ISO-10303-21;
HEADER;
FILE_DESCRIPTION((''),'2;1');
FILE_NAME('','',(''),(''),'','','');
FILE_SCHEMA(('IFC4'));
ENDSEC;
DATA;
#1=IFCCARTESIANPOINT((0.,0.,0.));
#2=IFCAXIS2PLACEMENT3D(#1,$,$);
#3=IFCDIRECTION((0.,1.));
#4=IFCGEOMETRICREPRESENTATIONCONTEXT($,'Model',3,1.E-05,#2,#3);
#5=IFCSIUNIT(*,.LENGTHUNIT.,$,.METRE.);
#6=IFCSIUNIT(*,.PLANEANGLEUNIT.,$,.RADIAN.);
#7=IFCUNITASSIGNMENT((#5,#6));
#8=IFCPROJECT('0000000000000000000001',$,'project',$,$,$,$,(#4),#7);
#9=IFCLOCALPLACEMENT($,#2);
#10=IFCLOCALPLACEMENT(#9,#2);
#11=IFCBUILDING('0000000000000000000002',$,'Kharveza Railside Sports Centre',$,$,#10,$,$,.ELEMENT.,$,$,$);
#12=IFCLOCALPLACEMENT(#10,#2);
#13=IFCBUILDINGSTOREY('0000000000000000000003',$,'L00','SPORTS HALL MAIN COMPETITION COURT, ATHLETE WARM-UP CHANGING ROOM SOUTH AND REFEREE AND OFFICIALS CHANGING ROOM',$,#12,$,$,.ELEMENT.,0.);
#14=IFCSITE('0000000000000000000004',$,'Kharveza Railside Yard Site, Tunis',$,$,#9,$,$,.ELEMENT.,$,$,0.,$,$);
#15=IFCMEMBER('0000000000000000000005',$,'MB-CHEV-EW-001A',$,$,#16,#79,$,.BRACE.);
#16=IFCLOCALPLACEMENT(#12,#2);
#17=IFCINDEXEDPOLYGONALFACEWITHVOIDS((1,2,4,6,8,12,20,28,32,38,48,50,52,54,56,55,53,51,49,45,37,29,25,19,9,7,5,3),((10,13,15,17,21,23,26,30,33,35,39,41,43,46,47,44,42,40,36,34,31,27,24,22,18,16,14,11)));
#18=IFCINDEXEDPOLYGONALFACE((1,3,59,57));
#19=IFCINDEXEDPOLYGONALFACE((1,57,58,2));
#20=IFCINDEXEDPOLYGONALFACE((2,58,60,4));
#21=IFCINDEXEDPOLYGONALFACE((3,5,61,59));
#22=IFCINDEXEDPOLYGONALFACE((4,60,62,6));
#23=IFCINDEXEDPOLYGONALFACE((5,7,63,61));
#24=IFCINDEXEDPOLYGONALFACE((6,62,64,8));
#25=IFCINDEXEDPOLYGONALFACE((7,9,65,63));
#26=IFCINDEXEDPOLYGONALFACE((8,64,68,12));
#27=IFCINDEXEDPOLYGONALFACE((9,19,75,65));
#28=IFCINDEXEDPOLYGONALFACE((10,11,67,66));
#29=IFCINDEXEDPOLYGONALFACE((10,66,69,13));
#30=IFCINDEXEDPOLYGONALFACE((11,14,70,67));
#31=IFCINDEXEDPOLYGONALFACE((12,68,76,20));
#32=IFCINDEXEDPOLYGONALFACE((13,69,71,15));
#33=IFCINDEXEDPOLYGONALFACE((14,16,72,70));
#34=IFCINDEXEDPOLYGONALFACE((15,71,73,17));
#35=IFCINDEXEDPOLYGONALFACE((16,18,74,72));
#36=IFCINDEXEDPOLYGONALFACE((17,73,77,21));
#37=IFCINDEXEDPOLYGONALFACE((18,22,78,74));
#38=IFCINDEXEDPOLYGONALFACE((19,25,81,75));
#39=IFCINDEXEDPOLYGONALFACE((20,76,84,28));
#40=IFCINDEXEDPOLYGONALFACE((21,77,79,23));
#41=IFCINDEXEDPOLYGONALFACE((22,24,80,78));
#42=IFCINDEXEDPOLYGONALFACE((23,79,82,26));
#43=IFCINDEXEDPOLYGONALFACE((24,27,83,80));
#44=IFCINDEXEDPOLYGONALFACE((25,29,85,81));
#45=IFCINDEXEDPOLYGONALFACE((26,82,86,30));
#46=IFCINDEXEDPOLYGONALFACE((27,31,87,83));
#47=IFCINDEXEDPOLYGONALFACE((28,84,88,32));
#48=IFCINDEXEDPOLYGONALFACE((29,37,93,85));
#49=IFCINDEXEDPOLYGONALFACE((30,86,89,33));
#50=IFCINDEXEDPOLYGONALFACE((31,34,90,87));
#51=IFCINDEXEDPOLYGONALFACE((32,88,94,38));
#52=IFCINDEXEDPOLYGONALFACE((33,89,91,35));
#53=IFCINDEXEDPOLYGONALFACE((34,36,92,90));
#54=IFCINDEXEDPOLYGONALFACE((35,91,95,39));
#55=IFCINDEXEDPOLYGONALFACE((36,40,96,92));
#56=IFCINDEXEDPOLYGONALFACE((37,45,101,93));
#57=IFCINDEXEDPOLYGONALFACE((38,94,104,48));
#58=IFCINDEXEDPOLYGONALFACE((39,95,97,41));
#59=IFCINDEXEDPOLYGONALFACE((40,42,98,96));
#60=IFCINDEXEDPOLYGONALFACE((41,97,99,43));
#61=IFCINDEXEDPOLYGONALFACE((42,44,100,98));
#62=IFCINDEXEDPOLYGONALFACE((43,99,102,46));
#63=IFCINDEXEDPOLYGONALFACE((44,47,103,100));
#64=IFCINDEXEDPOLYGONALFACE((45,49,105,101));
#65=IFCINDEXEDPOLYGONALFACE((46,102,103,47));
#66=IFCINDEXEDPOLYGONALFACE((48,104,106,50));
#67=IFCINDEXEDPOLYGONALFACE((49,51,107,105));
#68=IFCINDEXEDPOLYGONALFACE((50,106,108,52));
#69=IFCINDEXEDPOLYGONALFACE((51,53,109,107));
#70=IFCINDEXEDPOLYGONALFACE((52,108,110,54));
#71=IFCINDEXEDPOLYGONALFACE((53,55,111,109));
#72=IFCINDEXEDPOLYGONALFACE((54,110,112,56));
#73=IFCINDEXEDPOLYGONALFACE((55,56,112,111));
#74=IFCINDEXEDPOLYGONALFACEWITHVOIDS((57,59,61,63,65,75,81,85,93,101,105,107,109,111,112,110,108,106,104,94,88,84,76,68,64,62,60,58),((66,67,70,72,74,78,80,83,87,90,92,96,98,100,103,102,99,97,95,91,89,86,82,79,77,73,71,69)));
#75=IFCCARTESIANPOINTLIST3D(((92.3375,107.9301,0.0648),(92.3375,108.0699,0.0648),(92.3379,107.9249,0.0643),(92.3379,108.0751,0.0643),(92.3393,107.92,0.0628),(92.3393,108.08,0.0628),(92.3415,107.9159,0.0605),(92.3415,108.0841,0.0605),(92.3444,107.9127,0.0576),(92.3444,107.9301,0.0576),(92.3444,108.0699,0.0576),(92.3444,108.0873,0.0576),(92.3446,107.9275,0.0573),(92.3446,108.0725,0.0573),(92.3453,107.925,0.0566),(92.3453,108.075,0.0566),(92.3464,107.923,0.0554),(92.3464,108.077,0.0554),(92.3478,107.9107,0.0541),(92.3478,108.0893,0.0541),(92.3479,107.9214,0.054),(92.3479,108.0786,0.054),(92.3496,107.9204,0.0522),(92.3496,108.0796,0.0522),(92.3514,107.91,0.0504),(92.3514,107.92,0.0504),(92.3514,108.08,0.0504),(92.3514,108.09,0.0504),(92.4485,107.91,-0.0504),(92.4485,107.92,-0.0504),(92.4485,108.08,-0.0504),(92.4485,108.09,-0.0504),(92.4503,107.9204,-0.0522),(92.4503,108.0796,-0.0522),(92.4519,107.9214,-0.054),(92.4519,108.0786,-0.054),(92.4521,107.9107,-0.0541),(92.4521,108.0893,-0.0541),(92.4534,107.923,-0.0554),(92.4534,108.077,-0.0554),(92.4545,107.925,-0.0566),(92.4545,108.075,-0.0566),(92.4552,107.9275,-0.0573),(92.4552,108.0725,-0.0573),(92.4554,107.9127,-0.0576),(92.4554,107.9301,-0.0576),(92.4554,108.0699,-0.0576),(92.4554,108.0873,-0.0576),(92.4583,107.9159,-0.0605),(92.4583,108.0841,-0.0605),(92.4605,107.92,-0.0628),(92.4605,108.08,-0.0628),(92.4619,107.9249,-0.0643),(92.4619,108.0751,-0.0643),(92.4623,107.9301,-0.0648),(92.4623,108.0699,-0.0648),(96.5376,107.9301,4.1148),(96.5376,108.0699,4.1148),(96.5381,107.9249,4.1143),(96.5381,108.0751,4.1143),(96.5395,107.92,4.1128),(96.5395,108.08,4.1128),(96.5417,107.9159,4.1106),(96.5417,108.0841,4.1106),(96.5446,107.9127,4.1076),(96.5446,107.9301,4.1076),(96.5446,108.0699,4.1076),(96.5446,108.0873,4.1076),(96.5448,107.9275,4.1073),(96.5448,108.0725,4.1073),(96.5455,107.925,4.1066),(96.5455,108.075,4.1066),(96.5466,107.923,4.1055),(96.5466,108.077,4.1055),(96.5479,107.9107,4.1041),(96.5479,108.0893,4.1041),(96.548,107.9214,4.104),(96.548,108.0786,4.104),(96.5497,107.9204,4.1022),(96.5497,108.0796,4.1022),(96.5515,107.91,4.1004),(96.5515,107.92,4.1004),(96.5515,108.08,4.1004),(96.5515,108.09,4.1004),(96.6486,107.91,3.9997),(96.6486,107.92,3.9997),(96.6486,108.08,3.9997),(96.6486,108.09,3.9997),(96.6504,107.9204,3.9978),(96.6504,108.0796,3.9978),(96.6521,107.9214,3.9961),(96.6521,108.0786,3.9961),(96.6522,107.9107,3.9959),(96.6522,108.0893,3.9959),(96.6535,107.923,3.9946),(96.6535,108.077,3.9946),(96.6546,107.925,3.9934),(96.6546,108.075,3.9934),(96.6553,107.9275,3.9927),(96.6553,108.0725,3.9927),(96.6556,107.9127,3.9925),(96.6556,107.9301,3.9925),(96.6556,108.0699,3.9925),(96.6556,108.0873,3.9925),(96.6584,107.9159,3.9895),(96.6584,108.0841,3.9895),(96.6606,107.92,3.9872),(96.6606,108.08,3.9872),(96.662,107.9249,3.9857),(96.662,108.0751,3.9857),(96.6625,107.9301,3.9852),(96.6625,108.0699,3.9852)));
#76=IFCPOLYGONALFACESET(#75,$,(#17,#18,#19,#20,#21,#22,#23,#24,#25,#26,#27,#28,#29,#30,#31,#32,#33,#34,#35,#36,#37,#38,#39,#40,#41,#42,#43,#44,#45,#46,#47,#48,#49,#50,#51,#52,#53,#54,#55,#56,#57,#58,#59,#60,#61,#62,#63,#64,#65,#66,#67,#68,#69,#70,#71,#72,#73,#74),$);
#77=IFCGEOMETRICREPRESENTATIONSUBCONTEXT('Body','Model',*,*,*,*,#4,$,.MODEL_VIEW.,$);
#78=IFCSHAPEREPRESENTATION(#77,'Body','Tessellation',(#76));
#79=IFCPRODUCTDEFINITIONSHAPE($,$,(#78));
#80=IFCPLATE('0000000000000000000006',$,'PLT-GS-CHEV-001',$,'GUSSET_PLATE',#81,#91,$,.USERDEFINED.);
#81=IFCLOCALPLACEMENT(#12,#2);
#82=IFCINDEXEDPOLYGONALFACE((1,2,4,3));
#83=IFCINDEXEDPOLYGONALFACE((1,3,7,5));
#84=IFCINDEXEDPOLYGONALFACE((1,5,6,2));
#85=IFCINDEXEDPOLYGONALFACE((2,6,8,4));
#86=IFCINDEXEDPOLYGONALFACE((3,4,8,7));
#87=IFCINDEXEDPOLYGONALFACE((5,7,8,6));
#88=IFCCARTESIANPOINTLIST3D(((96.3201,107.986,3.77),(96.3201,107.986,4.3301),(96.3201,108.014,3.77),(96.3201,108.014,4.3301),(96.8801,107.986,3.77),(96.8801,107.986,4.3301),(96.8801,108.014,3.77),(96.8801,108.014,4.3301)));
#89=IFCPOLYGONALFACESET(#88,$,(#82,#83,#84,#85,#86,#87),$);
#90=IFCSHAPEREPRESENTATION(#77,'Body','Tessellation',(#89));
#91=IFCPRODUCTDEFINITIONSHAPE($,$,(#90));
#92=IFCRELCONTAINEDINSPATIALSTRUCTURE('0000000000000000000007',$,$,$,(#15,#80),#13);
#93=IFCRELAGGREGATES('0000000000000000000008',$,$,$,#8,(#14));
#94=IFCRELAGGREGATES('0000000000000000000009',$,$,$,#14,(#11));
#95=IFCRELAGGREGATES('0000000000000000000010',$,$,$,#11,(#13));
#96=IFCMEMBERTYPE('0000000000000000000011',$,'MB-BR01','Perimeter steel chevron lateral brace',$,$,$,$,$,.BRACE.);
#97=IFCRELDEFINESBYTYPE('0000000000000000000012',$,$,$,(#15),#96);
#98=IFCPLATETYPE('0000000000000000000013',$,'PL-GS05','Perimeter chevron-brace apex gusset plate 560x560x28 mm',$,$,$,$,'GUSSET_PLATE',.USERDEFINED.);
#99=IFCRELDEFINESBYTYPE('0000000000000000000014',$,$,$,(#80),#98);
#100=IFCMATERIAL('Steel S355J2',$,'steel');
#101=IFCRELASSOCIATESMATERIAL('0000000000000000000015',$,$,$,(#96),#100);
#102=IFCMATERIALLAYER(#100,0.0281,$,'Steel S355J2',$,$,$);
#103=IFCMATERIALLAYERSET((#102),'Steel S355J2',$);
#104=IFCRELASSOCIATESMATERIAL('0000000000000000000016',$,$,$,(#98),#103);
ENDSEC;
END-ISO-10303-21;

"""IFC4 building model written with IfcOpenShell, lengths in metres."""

from ifc_helpers import new_model, si_unit, direction, frame, origin, origin_2d, place, context, subcontext, project, spatial, rectangle, hollow_rectangle, extrude, material, layer, layer_set, material_profile, profile_set, type_object, element, save


model = new_model("IFC4")

# Units and contexts
model_context = context("Model", 3, precision=1e-05, world=origin(), true_north=direction((0.0, 1.0)))
body_context = subcontext(model_context, "Body", "Model", "MODEL_VIEW")
ifc_project = project(units=[si_unit("LENGTHUNIT", "METRE"), si_unit("PLANEANGLEUNIT", "RADIAN")], contexts=[model_context])

# Site, building, storey
site_placement = place(None, origin())
site = spatial("IfcSite", under=ifc_project, at=site_placement, Name="Kharveza Railside Yard Site, Tunis", CompositionType="ELEMENT", RefElevation=0.0)
building_placement = place(site_placement, origin())
building = spatial("IfcBuilding", under=site, at=building_placement, Name="Kharveza Railside Sports Centre", CompositionType="ELEMENT")
storey_placement = place(building_placement, origin())
storey = spatial("IfcBuildingStorey", under=building, at=storey_placement, Name="L00", Description="SPORTS HALL MAIN COMPETITION COURT, ATHLETE WARM-UP CHANGING ROOM SOUTH AND REFEREE AND OFFICIALS CHANGING ROOM", CompositionType="ELEMENT", Elevation=0.0)

# Shared definitions
ifc_material_1 = material(Name="Steel S355J2", Category="steel")

# Member
ifc_material_profile_1 = material_profile(ifc_material_1, hollow_rectangle(XDim=0.1799, YDim=0.1799, WallThickness=0.01, InnerFilletRadius=0.01, OuterFilletRadius=0.02, at=origin_2d()), Name="SHS 180x180x10.0")
ifc_profile_set_1 = profile_set([ifc_material_profile_1], Name="Steel S355J2")
member_type = type_object("IfcMemberType", Name="MB-BR01", Description="Perimeter steel chevron lateral brace", PredefinedType="BRACE", material=ifc_profile_set_1)
member_placement = place(storey_placement, frame((92.3999, 108.0, 0.0), z_axis=(0.719856, 0.0, 0.694123), x_axis=(0.0, 1.0, 0.0)))
element("IfcMember", 1, at=member_placement, inside=storey, type_object=member_type, Name="MB-CHEV-EW-001A", PredefinedType="BRACE", context=body_context, shape_type="SweptSolid", body=[
    extrude(hollow_rectangle(XDim=0.1799, YDim=0.1799, WallThickness=0.01, InnerFilletRadius=0.01, OuterFilletRadius=0.02, at=origin_2d()), origin(), (0.0, 0.0, 1.0), 5.8347),
])

# Plate
ifc_layer_1 = layer(ifc_material_1, 0.0281, Name="Steel S355J2")
ifc_layer_set_1 = layer_set([ifc_layer_1], Name="Steel S355J2")
plate_type = type_object("IfcPlateType", Name="PL-GS05", Description="Perimeter chevron-brace apex gusset plate 560x560x28 mm", ElementType="GUSSET_PLATE", PredefinedType="USERDEFINED", material=ifc_layer_set_1)
plate_placement = place(storey_placement, frame((96.6001, 108.0, 3.77), z_axis=(0.0, 0.0, 1.0), x_axis=(1.0, 0.0, 0.0)))
element("IfcPlate", 2, at=plate_placement, inside=storey, type_object=plate_type, Name="PLT-GS-CHEV-001", ObjectType="GUSSET_PLATE", PredefinedType="USERDEFINED", context=body_context, shape_type="SweptSolid", body=[
    extrude(rectangle(XDim=0.5601, YDim=0.0281, at=origin_2d()), origin(), (0.0, 0.0, 1.0), 0.5601),
])

save(model, "model.ifc")
